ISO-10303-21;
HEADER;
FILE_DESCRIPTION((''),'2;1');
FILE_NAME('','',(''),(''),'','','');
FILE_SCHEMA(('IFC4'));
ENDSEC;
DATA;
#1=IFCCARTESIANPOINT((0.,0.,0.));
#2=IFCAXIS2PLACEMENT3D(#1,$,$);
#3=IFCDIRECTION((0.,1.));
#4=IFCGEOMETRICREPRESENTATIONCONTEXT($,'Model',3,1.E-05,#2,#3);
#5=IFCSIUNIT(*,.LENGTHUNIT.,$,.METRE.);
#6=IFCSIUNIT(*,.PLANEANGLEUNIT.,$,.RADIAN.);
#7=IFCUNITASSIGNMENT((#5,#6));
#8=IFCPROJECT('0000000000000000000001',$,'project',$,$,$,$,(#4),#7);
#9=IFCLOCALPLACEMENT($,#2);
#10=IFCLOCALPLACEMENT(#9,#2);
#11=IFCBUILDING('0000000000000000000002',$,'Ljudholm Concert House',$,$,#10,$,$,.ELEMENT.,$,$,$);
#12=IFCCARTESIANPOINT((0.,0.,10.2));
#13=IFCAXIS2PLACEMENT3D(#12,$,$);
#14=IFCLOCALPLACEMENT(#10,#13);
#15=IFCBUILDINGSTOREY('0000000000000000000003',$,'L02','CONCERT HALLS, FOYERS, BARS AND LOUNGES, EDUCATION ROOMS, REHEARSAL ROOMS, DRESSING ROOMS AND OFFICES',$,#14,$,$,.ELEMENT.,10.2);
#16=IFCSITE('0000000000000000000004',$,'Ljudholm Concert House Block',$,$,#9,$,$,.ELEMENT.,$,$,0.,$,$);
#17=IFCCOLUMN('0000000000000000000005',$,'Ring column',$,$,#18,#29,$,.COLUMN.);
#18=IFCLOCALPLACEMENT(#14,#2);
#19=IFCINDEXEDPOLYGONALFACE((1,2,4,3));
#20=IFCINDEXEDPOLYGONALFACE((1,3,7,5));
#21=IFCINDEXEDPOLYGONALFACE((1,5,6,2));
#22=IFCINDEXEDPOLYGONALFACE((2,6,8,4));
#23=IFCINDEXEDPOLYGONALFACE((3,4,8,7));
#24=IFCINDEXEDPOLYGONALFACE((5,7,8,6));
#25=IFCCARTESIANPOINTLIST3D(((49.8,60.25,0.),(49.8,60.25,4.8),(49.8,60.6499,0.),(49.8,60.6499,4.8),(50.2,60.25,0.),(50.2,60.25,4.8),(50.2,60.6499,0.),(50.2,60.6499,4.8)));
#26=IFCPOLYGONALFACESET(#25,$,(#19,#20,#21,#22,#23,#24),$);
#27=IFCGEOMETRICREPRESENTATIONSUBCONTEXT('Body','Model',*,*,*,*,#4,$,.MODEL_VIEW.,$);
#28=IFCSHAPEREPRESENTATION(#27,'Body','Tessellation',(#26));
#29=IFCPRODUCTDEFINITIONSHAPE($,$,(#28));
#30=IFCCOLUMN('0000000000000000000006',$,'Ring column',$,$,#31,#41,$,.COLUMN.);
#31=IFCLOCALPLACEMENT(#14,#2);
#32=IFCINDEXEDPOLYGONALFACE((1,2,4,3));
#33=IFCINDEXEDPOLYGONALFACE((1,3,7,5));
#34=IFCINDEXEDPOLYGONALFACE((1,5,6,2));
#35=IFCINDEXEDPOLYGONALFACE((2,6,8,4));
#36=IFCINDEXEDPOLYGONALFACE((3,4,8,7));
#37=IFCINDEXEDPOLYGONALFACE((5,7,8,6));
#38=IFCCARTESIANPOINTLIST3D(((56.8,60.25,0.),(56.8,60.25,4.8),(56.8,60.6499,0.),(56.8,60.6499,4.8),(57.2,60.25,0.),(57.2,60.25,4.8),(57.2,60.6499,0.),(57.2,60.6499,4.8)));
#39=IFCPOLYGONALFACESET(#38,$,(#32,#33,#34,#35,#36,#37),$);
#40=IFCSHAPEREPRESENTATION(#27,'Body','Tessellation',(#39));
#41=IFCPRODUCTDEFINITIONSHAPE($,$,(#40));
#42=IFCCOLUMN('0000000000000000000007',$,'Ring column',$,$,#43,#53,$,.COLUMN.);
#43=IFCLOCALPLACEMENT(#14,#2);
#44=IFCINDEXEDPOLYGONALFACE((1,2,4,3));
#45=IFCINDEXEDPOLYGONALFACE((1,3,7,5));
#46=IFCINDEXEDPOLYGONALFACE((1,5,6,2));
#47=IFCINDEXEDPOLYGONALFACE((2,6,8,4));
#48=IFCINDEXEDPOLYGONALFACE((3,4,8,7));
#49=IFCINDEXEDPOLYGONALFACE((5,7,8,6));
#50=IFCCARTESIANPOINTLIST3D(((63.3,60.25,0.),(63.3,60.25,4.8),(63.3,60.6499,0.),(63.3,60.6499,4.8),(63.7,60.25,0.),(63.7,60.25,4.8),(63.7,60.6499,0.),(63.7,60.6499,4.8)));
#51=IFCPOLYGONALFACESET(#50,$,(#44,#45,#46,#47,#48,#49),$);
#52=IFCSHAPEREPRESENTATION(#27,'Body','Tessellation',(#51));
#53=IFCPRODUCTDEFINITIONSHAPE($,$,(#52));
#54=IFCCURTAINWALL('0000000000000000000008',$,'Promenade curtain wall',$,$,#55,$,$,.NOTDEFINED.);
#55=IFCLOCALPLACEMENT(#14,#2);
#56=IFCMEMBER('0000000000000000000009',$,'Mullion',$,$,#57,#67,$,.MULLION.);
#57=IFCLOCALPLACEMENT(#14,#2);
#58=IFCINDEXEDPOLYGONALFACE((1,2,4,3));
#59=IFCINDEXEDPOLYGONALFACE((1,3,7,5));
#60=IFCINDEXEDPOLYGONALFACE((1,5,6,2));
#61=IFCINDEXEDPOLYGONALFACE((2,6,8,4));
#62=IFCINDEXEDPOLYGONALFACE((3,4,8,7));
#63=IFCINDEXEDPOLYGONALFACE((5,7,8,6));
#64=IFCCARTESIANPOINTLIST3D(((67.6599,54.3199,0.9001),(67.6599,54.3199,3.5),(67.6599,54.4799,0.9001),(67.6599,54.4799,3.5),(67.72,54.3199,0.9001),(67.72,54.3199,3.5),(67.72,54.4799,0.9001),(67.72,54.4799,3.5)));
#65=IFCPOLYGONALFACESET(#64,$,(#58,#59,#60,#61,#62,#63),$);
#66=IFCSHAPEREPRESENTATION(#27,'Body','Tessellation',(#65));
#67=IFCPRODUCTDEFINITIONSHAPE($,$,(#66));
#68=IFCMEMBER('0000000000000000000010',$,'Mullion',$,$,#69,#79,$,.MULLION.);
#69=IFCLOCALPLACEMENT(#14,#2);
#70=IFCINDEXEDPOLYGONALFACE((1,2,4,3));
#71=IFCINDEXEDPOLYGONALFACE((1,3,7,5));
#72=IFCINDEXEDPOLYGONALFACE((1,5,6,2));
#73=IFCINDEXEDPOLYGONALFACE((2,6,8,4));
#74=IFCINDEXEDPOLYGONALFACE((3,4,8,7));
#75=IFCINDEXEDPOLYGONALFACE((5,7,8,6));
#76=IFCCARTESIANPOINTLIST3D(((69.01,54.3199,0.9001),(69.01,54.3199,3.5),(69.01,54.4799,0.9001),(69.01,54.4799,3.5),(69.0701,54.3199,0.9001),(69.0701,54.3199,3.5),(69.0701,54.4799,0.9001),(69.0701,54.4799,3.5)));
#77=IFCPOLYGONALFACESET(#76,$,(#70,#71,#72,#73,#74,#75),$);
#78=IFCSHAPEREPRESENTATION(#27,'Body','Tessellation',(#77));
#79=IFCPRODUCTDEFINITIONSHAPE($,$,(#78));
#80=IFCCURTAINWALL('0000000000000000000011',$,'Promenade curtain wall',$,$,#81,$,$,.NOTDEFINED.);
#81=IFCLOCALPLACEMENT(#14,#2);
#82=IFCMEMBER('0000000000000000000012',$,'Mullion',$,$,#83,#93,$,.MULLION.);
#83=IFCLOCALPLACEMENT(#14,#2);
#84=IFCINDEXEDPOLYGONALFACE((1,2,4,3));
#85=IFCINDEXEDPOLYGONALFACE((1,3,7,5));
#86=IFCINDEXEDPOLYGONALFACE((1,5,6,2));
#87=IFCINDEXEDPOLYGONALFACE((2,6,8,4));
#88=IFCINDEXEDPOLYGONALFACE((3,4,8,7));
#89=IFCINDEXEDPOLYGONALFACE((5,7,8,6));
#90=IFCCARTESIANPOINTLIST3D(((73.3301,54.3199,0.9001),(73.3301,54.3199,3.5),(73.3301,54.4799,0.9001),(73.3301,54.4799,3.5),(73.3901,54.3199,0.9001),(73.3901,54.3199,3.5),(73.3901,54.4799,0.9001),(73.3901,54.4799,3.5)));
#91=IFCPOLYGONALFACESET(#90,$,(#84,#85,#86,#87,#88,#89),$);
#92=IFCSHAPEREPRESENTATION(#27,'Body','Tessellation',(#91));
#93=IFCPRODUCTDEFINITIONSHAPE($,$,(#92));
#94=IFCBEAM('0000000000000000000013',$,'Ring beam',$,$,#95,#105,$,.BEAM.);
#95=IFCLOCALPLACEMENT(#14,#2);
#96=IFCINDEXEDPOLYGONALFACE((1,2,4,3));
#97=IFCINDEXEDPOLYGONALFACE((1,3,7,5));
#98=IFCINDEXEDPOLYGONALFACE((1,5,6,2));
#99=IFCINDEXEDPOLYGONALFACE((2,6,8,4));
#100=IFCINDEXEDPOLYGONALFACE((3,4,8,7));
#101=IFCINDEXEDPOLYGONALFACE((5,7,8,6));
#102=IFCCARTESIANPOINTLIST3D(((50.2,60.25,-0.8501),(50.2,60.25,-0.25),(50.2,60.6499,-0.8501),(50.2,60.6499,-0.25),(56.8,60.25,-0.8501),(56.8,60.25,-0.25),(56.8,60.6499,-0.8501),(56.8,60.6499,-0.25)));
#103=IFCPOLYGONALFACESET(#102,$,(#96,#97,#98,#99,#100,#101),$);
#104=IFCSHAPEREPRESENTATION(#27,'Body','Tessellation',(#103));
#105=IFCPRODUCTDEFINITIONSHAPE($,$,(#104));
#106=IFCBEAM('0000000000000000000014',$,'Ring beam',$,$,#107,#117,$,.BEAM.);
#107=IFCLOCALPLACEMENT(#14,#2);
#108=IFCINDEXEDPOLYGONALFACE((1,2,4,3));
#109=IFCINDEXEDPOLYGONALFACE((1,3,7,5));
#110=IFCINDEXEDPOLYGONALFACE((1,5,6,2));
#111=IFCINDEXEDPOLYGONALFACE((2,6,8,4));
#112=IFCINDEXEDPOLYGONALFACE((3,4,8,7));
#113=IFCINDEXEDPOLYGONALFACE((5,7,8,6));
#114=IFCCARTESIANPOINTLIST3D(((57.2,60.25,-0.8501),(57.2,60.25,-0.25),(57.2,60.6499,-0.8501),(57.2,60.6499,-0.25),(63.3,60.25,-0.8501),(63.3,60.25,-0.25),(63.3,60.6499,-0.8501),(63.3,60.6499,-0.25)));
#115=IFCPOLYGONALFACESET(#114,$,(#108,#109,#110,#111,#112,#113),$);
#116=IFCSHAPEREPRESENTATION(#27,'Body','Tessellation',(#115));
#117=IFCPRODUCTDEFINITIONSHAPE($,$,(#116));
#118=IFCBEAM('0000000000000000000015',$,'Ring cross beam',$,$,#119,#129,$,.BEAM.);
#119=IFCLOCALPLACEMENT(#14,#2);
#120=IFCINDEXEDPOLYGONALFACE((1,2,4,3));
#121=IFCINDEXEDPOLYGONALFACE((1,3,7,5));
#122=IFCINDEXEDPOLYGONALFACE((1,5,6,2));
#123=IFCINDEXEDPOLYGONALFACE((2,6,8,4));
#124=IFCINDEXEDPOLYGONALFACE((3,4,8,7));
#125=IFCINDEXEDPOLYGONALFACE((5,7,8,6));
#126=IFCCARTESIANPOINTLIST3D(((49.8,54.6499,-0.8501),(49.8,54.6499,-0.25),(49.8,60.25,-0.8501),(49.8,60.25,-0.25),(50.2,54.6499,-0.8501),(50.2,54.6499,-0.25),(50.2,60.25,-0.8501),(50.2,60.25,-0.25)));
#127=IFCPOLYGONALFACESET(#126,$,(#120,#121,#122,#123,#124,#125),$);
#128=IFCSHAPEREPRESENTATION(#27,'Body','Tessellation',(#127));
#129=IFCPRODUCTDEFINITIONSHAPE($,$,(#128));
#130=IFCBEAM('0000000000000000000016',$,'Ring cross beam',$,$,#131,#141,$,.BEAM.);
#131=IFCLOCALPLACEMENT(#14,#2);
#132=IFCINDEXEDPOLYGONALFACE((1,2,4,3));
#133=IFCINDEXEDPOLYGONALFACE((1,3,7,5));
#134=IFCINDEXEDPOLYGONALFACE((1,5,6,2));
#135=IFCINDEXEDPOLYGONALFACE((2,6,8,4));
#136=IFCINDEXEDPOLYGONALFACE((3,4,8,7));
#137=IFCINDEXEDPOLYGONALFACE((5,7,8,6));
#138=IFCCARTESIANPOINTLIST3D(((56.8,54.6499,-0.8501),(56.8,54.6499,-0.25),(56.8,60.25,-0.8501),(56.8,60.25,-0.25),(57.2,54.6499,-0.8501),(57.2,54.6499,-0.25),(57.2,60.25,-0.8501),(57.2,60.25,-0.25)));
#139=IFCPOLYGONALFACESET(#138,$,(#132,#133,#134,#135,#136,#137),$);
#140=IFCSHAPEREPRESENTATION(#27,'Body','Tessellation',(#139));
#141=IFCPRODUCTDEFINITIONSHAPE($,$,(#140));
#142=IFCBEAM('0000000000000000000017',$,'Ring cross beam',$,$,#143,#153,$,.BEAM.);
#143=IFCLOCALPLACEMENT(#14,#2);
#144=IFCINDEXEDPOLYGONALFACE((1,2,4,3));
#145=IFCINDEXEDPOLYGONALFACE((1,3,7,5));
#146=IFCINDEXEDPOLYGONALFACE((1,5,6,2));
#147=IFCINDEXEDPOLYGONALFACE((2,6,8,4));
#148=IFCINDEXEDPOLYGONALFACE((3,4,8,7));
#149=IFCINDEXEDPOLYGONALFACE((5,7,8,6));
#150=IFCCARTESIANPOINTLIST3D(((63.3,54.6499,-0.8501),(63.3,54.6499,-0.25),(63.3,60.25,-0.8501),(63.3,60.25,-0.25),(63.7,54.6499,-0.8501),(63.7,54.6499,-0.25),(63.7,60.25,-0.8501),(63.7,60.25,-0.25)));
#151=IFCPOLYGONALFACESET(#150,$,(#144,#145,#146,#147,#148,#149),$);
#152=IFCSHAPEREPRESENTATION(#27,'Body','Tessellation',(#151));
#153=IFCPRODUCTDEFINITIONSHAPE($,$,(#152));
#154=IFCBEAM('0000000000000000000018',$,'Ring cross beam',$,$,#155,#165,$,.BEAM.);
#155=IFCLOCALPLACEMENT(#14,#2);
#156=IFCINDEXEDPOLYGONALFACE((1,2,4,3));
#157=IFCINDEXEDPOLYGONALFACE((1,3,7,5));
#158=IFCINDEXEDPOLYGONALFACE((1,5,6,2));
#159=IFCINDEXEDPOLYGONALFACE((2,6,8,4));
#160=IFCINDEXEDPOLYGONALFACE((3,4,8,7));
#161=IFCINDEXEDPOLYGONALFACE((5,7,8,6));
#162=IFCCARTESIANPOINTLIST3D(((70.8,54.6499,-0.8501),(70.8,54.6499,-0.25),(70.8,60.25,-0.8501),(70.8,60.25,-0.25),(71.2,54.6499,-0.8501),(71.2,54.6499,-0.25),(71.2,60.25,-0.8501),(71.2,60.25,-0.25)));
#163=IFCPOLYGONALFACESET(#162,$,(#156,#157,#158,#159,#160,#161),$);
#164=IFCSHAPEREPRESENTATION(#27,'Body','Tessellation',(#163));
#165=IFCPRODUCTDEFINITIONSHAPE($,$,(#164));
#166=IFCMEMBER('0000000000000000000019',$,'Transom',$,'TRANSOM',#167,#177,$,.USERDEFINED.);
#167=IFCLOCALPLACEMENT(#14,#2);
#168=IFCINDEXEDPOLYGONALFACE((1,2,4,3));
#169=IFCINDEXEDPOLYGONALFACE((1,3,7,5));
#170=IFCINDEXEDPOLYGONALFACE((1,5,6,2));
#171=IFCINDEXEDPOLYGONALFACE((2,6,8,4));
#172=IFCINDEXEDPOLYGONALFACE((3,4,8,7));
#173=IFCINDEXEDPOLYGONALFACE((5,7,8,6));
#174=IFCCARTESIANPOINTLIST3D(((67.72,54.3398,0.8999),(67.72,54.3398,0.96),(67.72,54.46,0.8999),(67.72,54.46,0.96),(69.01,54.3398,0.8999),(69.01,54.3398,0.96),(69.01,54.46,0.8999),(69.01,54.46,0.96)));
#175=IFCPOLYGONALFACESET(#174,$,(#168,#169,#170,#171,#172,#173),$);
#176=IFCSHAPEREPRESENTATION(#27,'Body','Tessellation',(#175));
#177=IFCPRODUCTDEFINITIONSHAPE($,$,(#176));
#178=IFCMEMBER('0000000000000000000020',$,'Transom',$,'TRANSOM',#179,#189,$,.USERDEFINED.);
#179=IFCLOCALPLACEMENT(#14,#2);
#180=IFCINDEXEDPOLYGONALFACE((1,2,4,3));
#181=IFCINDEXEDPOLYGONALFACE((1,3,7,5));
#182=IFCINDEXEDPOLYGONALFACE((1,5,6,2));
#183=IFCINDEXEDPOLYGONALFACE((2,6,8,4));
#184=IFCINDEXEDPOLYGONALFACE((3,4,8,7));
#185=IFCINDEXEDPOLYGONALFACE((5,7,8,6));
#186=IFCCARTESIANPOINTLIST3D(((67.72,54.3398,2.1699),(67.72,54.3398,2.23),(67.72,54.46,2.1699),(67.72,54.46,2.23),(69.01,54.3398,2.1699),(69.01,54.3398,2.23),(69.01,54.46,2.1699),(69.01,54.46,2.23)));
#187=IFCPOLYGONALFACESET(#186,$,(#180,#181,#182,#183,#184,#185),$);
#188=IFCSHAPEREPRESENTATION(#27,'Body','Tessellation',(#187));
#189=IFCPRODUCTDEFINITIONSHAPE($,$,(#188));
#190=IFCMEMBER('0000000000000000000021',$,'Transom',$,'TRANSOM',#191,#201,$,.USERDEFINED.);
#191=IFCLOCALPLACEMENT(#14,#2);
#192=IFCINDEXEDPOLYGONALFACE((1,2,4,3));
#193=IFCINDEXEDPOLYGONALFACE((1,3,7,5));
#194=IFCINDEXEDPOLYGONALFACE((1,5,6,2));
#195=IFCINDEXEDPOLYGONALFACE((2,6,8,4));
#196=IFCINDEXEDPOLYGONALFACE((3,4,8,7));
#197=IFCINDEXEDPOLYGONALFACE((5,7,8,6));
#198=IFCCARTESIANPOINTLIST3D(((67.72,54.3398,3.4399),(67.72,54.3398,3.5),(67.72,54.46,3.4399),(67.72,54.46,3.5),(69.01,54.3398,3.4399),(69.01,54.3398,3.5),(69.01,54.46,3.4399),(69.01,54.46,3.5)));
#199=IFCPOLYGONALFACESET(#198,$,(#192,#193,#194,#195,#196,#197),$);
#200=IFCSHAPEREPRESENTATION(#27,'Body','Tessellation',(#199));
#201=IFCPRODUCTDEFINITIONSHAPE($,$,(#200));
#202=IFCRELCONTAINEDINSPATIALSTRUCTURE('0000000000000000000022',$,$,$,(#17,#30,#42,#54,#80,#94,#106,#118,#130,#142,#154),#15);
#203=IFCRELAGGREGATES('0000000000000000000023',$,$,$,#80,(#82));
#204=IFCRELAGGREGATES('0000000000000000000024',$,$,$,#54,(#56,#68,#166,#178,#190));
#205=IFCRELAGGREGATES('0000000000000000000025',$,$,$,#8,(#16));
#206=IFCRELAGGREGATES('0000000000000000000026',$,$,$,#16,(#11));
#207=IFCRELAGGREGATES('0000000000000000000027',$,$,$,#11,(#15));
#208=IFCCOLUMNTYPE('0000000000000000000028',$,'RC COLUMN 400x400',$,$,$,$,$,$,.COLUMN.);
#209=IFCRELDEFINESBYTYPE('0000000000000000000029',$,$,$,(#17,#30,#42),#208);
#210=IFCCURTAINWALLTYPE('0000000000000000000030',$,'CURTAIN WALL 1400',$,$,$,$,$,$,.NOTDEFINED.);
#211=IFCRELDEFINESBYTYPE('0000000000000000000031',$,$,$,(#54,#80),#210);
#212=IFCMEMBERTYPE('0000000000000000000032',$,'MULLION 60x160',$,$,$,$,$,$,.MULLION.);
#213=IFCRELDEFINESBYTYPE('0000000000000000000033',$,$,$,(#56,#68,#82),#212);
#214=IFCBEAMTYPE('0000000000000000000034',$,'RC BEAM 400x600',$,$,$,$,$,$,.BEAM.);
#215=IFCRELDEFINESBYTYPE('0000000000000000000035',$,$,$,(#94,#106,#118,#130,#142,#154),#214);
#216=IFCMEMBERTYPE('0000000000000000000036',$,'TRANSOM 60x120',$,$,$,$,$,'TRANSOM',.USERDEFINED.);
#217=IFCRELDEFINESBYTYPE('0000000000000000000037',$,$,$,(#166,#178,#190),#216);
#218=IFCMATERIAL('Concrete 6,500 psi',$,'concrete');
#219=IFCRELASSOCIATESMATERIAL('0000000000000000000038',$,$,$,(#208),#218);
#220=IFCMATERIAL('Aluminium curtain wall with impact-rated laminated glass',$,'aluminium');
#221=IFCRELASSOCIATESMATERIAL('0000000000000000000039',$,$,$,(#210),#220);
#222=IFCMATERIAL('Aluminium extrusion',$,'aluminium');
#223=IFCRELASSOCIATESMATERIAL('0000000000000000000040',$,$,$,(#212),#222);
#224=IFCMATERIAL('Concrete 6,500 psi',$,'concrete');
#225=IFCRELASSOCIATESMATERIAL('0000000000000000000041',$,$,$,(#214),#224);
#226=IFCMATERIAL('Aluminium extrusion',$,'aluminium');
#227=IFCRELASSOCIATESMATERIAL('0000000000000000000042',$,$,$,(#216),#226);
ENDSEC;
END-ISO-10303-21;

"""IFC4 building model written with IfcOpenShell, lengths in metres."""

from ifc_helpers import new_model, si_unit, direction, frame, origin, origin_2d, place, context, subcontext, project, spatial, rectangle, extrude, material, material_profile, profile_set, type_object, element, aggregate, save


model = new_model("IFC4")

# Units and contexts
model_context = context("Model", 3, precision=1e-05, world=origin(), true_north=direction((0.0, 1.0)))
body_context = subcontext(model_context, "Body", "Model", "MODEL_VIEW")
ifc_project = project(units=[si_unit("LENGTHUNIT", "METRE"), si_unit("PLANEANGLEUNIT", "RADIAN")], contexts=[model_context])

# Site, building, storey
site_placement = place(None, origin())
site = spatial("IfcSite", under=ifc_project, at=site_placement, Name="Ljudholm Concert House Block", CompositionType="ELEMENT", RefElevation=0.0)
building_placement = place(site_placement, origin())
building = spatial("IfcBuilding", under=site, at=building_placement, Name="Ljudholm Concert House", CompositionType="ELEMENT")
storey_placement = place(building_placement, frame((0.0, 0.0, 10.2)))
storey = spatial("IfcBuildingStorey", under=building, at=storey_placement, Name="L02", Description="CONCERT HALLS, FOYERS, BARS AND LOUNGES, EDUCATION ROOMS, REHEARSAL ROOMS, DRESSING ROOMS AND OFFICES", CompositionType="ELEMENT", Elevation=10.2)

# Columns
ifc_material_1 = material(Name="Concrete 6,500 psi", Category="concrete")
ifc_material_profile_1 = material_profile(ifc_material_1, rectangle(XDim=0.3999, YDim=0.3999, at=origin_2d()), Name="RC COLUMN 400x400")
ifc_profile_set_1 = profile_set([ifc_material_profile_1], Name="Concrete 6,500 psi")
column_type = type_object("IfcColumnType", Name="RC COLUMN 400x400", PredefinedType="COLUMN", material=ifc_profile_set_1)
for number, where, z_axis, x_axis, name in (
    (1, (50.0, 60.45, 0.0), (0.0, 0.0, 1.0), (1.0, 0.0, 0.0), "Ring column"),
    (2, (57.0, 60.45, 0.0), (0.0, 0.0, 1.0), (1.0, 0.0, 0.0), "Ring column"),
    (3, (63.5, 60.45, 0.0), (0.0, 0.0, 1.0), (1.0, 0.0, 0.0), "Ring column"),
):
    element("IfcColumn", number, at=place(storey_placement, frame(where, z_axis=z_axis, x_axis=x_axis)), inside=storey, type_object=column_type, Name=name, PredefinedType="COLUMN", context=body_context, shape_type="SweptSolid", body=[
        extrude(rectangle(XDim=0.3999, YDim=0.3999, at=origin_2d()), origin(), (0.0, 0.0, 1.0), 4.8),
    ])

# Curtain wall, members
ifc_material_2 = material(Name="Aluminium curtain wall with impact-rated laminated glass", Category="aluminium")
curtain_wall_type = type_object("IfcCurtainWallType", Name="CURTAIN WALL 1400", PredefinedType="NOTDEFINED", material=ifc_material_2)
curtain_wall_1_placement = place(storey_placement, origin())
curtain_wall_1 = element("IfcCurtainWall", 4, at=curtain_wall_1_placement, inside=storey, type_object=curtain_wall_type, Name="Promenade curtain wall", PredefinedType="NOTDEFINED")
ifc_material_3 = material(Name="Aluminium extrusion", Category="aluminium")
ifc_material_profile_2 = material_profile(ifc_material_3, rectangle(XDim=0.1599, YDim=0.0601, at=origin_2d()), Name="MULLION 60x160")
ifc_profile_set_2 = profile_set([ifc_material_profile_2], Name="Aluminium extrusion")
member_type_1 = type_object("IfcMemberType", Name="MULLION 60x160", PredefinedType="MULLION", material=ifc_profile_set_2)
member_1_placement = place(storey_placement, frame((67.6899, 54.3999, 0.9001), z_axis=(0.0, 0.0, 1.0), x_axis=(0.0, 1.0, 0.0)))
member_1 = element("IfcMember", 5, at=member_1_placement, type_object=member_type_1, Name="Mullion", PredefinedType="MULLION", context=body_context, shape_type="SweptSolid", body=[
    extrude(rectangle(XDim=0.1599, YDim=0.0601, at=origin_2d()), origin(), (0.0, 0.0, 1.0), 2.5999),
])
member_2_placement = place(storey_placement, frame((69.04, 54.3999, 0.9001), z_axis=(0.0, 0.0, 1.0), x_axis=(0.0, 1.0, 0.0)))
member_2 = element("IfcMember", 6, at=member_2_placement, type_object=member_type_1, Name="Mullion", PredefinedType="MULLION", context=body_context, shape_type="SweptSolid", body=[
    extrude(rectangle(XDim=0.1599, YDim=0.0601, at=origin_2d()), origin(), (0.0, 0.0, 1.0), 2.5999),
])

# Curtain wall, member
curtain_wall_2_placement = place(storey_placement, origin())
curtain_wall_2 = element("IfcCurtainWall", 7, at=curtain_wall_2_placement, inside=storey, type_object=curtain_wall_type, Name="Promenade curtain wall", PredefinedType="NOTDEFINED")
member_3_placement = place(storey_placement, frame((73.3601, 54.3999, 0.9001), z_axis=(0.0, 0.0, 1.0), x_axis=(0.0, 1.0, 0.0)))
member_3 = element("IfcMember", 8, at=member_3_placement, type_object=member_type_1, Name="Mullion", PredefinedType="MULLION", context=body_context, shape_type="SweptSolid", body=[
    extrude(rectangle(XDim=0.1599, YDim=0.0601, at=origin_2d()), origin(), (0.0, 0.0, 1.0), 2.5999),
])

# Beams
ifc_material_4 = material(Name="Concrete 6,500 psi", Category="concrete")
ifc_material_profile_3 = material_profile(ifc_material_4, rectangle(XDim=0.3999, YDim=0.6001, at=origin_2d()), Name="RC BEAM 400x600")
ifc_profile_set_3 = profile_set([ifc_material_profile_3], Name="Concrete 6,500 psi")
beam_type = type_object("IfcBeamType", Name="RC BEAM 400x600", PredefinedType="BEAM", material=ifc_profile_set_3)
beam_1_placement = place(storey_placement, frame((50.2, 60.45, -0.55), z_axis=(1.0, 0.0, 0.0), x_axis=(0.0, 1.0, 0.0)))
element("IfcBeam", 9, at=beam_1_placement, inside=storey, type_object=beam_type, Name="Ring beam", PredefinedType="BEAM", context=body_context, shape_type="SweptSolid", body=[
    extrude(rectangle(XDim=0.3999, YDim=0.6001, at=origin_2d()), origin(), (0.0, 0.0, 1.0), 6.6001),
])
beam_2_placement = place(storey_placement, frame((57.2, 60.45, -0.55), z_axis=(1.0, 0.0, 0.0), x_axis=(0.0, 1.0, 0.0)))
element("IfcBeam", 10, at=beam_2_placement, inside=storey, type_object=beam_type, Name="Ring beam", PredefinedType="BEAM", context=body_context, shape_type="SweptSolid", body=[
    extrude(rectangle(XDim=0.3999, YDim=0.6001, at=origin_2d()), origin(), (0.0, 0.0, 1.0), 6.1001),
])
for number, where, z_axis, x_axis, name in (
    (11, (50.0, 60.25, -0.55), (0.0, -1.0, 0.0), (1.0, 0.0, 0.0), "Ring cross beam"),
    (12, (57.0, 60.25, -0.55), (0.0, -1.0, 0.0), (1.0, 0.0, 0.0), "Ring cross beam"),
    (13, (63.5, 60.25, -0.55), (0.0, -1.0, 0.0), (1.0, 0.0, 0.0), "Ring cross beam"),
    (14, (71.0, 60.25, -0.55), (0.0, -1.0, 0.0), (1.0, 0.0, 0.0), "Ring cross beam"),
):
    element("IfcBeam", number, at=place(storey_placement, frame(where, z_axis=z_axis, x_axis=x_axis)), inside=storey, type_object=beam_type, Name=name, PredefinedType="BEAM", context=body_context, shape_type="SweptSolid", body=[
        extrude(rectangle(XDim=0.3999, YDim=0.6001, at=origin_2d()), origin(), (0.0, 0.0, 1.0), 5.6001),
    ])

# Members
ifc_material_5 = material(Name="Aluminium extrusion", Category="aluminium")
ifc_material_profile_4 = material_profile(ifc_material_5, rectangle(XDim=0.1201, YDim=0.0601, at=origin_2d()), Name="TRANSOM 60x120")
ifc_profile_set_4 = profile_set([ifc_material_profile_4], Name="Aluminium extrusion")
member_type_2 = type_object("IfcMemberType", Name="TRANSOM 60x120", ElementType="TRANSOM", PredefinedType="USERDEFINED", material=ifc_profile_set_4)
member_4_placement = place(storey_placement, frame((67.72, 54.3999, 0.9299), z_axis=(1.0, 0.0, 0.0), x_axis=(0.0, 1.0, 0.0)))
member_4 = element("IfcMember", 15, at=member_4_placement, type_object=member_type_2, Name="Transom", ObjectType="TRANSOM", PredefinedType="USERDEFINED", context=body_context, shape_type="SweptSolid", body=[
    extrude(rectangle(XDim=0.1201, YDim=0.0601, at=origin_2d()), origin(), (0.0, 0.0, 1.0), 1.29),
])
member_5_placement = place(storey_placement, frame((67.72, 54.3999, 2.2), z_axis=(1.0, 0.0, 0.0), x_axis=(0.0, 1.0, 0.0)))
member_5 = element("IfcMember", 16, at=member_5_placement, type_object=member_type_2, Name="Transom", ObjectType="TRANSOM", PredefinedType="USERDEFINED", context=body_context, shape_type="SweptSolid", body=[
    extrude(rectangle(XDim=0.1201, YDim=0.0601, at=origin_2d()), origin(), (0.0, 0.0, 1.0), 1.29),
])
member_6_placement = place(storey_placement, frame((67.72, 54.3999, 3.47), z_axis=(1.0, 0.0, 0.0), x_axis=(0.0, 1.0, 0.0)))
member_6 = element("IfcMember", 17, at=member_6_placement, type_object=member_type_2, Name="Transom", ObjectType="TRANSOM", PredefinedType="USERDEFINED", context=body_context, shape_type="SweptSolid", body=[
    extrude(rectangle(XDim=0.1201, YDim=0.0601, at=origin_2d()), origin(), (0.0, 0.0, 1.0), 1.29),
])
aggregate(curtain_wall_2, [member_3])

aggregate(curtain_wall_1, [member_1, member_2, member_4, member_5, member_6])

save(model, "model.ifc")
